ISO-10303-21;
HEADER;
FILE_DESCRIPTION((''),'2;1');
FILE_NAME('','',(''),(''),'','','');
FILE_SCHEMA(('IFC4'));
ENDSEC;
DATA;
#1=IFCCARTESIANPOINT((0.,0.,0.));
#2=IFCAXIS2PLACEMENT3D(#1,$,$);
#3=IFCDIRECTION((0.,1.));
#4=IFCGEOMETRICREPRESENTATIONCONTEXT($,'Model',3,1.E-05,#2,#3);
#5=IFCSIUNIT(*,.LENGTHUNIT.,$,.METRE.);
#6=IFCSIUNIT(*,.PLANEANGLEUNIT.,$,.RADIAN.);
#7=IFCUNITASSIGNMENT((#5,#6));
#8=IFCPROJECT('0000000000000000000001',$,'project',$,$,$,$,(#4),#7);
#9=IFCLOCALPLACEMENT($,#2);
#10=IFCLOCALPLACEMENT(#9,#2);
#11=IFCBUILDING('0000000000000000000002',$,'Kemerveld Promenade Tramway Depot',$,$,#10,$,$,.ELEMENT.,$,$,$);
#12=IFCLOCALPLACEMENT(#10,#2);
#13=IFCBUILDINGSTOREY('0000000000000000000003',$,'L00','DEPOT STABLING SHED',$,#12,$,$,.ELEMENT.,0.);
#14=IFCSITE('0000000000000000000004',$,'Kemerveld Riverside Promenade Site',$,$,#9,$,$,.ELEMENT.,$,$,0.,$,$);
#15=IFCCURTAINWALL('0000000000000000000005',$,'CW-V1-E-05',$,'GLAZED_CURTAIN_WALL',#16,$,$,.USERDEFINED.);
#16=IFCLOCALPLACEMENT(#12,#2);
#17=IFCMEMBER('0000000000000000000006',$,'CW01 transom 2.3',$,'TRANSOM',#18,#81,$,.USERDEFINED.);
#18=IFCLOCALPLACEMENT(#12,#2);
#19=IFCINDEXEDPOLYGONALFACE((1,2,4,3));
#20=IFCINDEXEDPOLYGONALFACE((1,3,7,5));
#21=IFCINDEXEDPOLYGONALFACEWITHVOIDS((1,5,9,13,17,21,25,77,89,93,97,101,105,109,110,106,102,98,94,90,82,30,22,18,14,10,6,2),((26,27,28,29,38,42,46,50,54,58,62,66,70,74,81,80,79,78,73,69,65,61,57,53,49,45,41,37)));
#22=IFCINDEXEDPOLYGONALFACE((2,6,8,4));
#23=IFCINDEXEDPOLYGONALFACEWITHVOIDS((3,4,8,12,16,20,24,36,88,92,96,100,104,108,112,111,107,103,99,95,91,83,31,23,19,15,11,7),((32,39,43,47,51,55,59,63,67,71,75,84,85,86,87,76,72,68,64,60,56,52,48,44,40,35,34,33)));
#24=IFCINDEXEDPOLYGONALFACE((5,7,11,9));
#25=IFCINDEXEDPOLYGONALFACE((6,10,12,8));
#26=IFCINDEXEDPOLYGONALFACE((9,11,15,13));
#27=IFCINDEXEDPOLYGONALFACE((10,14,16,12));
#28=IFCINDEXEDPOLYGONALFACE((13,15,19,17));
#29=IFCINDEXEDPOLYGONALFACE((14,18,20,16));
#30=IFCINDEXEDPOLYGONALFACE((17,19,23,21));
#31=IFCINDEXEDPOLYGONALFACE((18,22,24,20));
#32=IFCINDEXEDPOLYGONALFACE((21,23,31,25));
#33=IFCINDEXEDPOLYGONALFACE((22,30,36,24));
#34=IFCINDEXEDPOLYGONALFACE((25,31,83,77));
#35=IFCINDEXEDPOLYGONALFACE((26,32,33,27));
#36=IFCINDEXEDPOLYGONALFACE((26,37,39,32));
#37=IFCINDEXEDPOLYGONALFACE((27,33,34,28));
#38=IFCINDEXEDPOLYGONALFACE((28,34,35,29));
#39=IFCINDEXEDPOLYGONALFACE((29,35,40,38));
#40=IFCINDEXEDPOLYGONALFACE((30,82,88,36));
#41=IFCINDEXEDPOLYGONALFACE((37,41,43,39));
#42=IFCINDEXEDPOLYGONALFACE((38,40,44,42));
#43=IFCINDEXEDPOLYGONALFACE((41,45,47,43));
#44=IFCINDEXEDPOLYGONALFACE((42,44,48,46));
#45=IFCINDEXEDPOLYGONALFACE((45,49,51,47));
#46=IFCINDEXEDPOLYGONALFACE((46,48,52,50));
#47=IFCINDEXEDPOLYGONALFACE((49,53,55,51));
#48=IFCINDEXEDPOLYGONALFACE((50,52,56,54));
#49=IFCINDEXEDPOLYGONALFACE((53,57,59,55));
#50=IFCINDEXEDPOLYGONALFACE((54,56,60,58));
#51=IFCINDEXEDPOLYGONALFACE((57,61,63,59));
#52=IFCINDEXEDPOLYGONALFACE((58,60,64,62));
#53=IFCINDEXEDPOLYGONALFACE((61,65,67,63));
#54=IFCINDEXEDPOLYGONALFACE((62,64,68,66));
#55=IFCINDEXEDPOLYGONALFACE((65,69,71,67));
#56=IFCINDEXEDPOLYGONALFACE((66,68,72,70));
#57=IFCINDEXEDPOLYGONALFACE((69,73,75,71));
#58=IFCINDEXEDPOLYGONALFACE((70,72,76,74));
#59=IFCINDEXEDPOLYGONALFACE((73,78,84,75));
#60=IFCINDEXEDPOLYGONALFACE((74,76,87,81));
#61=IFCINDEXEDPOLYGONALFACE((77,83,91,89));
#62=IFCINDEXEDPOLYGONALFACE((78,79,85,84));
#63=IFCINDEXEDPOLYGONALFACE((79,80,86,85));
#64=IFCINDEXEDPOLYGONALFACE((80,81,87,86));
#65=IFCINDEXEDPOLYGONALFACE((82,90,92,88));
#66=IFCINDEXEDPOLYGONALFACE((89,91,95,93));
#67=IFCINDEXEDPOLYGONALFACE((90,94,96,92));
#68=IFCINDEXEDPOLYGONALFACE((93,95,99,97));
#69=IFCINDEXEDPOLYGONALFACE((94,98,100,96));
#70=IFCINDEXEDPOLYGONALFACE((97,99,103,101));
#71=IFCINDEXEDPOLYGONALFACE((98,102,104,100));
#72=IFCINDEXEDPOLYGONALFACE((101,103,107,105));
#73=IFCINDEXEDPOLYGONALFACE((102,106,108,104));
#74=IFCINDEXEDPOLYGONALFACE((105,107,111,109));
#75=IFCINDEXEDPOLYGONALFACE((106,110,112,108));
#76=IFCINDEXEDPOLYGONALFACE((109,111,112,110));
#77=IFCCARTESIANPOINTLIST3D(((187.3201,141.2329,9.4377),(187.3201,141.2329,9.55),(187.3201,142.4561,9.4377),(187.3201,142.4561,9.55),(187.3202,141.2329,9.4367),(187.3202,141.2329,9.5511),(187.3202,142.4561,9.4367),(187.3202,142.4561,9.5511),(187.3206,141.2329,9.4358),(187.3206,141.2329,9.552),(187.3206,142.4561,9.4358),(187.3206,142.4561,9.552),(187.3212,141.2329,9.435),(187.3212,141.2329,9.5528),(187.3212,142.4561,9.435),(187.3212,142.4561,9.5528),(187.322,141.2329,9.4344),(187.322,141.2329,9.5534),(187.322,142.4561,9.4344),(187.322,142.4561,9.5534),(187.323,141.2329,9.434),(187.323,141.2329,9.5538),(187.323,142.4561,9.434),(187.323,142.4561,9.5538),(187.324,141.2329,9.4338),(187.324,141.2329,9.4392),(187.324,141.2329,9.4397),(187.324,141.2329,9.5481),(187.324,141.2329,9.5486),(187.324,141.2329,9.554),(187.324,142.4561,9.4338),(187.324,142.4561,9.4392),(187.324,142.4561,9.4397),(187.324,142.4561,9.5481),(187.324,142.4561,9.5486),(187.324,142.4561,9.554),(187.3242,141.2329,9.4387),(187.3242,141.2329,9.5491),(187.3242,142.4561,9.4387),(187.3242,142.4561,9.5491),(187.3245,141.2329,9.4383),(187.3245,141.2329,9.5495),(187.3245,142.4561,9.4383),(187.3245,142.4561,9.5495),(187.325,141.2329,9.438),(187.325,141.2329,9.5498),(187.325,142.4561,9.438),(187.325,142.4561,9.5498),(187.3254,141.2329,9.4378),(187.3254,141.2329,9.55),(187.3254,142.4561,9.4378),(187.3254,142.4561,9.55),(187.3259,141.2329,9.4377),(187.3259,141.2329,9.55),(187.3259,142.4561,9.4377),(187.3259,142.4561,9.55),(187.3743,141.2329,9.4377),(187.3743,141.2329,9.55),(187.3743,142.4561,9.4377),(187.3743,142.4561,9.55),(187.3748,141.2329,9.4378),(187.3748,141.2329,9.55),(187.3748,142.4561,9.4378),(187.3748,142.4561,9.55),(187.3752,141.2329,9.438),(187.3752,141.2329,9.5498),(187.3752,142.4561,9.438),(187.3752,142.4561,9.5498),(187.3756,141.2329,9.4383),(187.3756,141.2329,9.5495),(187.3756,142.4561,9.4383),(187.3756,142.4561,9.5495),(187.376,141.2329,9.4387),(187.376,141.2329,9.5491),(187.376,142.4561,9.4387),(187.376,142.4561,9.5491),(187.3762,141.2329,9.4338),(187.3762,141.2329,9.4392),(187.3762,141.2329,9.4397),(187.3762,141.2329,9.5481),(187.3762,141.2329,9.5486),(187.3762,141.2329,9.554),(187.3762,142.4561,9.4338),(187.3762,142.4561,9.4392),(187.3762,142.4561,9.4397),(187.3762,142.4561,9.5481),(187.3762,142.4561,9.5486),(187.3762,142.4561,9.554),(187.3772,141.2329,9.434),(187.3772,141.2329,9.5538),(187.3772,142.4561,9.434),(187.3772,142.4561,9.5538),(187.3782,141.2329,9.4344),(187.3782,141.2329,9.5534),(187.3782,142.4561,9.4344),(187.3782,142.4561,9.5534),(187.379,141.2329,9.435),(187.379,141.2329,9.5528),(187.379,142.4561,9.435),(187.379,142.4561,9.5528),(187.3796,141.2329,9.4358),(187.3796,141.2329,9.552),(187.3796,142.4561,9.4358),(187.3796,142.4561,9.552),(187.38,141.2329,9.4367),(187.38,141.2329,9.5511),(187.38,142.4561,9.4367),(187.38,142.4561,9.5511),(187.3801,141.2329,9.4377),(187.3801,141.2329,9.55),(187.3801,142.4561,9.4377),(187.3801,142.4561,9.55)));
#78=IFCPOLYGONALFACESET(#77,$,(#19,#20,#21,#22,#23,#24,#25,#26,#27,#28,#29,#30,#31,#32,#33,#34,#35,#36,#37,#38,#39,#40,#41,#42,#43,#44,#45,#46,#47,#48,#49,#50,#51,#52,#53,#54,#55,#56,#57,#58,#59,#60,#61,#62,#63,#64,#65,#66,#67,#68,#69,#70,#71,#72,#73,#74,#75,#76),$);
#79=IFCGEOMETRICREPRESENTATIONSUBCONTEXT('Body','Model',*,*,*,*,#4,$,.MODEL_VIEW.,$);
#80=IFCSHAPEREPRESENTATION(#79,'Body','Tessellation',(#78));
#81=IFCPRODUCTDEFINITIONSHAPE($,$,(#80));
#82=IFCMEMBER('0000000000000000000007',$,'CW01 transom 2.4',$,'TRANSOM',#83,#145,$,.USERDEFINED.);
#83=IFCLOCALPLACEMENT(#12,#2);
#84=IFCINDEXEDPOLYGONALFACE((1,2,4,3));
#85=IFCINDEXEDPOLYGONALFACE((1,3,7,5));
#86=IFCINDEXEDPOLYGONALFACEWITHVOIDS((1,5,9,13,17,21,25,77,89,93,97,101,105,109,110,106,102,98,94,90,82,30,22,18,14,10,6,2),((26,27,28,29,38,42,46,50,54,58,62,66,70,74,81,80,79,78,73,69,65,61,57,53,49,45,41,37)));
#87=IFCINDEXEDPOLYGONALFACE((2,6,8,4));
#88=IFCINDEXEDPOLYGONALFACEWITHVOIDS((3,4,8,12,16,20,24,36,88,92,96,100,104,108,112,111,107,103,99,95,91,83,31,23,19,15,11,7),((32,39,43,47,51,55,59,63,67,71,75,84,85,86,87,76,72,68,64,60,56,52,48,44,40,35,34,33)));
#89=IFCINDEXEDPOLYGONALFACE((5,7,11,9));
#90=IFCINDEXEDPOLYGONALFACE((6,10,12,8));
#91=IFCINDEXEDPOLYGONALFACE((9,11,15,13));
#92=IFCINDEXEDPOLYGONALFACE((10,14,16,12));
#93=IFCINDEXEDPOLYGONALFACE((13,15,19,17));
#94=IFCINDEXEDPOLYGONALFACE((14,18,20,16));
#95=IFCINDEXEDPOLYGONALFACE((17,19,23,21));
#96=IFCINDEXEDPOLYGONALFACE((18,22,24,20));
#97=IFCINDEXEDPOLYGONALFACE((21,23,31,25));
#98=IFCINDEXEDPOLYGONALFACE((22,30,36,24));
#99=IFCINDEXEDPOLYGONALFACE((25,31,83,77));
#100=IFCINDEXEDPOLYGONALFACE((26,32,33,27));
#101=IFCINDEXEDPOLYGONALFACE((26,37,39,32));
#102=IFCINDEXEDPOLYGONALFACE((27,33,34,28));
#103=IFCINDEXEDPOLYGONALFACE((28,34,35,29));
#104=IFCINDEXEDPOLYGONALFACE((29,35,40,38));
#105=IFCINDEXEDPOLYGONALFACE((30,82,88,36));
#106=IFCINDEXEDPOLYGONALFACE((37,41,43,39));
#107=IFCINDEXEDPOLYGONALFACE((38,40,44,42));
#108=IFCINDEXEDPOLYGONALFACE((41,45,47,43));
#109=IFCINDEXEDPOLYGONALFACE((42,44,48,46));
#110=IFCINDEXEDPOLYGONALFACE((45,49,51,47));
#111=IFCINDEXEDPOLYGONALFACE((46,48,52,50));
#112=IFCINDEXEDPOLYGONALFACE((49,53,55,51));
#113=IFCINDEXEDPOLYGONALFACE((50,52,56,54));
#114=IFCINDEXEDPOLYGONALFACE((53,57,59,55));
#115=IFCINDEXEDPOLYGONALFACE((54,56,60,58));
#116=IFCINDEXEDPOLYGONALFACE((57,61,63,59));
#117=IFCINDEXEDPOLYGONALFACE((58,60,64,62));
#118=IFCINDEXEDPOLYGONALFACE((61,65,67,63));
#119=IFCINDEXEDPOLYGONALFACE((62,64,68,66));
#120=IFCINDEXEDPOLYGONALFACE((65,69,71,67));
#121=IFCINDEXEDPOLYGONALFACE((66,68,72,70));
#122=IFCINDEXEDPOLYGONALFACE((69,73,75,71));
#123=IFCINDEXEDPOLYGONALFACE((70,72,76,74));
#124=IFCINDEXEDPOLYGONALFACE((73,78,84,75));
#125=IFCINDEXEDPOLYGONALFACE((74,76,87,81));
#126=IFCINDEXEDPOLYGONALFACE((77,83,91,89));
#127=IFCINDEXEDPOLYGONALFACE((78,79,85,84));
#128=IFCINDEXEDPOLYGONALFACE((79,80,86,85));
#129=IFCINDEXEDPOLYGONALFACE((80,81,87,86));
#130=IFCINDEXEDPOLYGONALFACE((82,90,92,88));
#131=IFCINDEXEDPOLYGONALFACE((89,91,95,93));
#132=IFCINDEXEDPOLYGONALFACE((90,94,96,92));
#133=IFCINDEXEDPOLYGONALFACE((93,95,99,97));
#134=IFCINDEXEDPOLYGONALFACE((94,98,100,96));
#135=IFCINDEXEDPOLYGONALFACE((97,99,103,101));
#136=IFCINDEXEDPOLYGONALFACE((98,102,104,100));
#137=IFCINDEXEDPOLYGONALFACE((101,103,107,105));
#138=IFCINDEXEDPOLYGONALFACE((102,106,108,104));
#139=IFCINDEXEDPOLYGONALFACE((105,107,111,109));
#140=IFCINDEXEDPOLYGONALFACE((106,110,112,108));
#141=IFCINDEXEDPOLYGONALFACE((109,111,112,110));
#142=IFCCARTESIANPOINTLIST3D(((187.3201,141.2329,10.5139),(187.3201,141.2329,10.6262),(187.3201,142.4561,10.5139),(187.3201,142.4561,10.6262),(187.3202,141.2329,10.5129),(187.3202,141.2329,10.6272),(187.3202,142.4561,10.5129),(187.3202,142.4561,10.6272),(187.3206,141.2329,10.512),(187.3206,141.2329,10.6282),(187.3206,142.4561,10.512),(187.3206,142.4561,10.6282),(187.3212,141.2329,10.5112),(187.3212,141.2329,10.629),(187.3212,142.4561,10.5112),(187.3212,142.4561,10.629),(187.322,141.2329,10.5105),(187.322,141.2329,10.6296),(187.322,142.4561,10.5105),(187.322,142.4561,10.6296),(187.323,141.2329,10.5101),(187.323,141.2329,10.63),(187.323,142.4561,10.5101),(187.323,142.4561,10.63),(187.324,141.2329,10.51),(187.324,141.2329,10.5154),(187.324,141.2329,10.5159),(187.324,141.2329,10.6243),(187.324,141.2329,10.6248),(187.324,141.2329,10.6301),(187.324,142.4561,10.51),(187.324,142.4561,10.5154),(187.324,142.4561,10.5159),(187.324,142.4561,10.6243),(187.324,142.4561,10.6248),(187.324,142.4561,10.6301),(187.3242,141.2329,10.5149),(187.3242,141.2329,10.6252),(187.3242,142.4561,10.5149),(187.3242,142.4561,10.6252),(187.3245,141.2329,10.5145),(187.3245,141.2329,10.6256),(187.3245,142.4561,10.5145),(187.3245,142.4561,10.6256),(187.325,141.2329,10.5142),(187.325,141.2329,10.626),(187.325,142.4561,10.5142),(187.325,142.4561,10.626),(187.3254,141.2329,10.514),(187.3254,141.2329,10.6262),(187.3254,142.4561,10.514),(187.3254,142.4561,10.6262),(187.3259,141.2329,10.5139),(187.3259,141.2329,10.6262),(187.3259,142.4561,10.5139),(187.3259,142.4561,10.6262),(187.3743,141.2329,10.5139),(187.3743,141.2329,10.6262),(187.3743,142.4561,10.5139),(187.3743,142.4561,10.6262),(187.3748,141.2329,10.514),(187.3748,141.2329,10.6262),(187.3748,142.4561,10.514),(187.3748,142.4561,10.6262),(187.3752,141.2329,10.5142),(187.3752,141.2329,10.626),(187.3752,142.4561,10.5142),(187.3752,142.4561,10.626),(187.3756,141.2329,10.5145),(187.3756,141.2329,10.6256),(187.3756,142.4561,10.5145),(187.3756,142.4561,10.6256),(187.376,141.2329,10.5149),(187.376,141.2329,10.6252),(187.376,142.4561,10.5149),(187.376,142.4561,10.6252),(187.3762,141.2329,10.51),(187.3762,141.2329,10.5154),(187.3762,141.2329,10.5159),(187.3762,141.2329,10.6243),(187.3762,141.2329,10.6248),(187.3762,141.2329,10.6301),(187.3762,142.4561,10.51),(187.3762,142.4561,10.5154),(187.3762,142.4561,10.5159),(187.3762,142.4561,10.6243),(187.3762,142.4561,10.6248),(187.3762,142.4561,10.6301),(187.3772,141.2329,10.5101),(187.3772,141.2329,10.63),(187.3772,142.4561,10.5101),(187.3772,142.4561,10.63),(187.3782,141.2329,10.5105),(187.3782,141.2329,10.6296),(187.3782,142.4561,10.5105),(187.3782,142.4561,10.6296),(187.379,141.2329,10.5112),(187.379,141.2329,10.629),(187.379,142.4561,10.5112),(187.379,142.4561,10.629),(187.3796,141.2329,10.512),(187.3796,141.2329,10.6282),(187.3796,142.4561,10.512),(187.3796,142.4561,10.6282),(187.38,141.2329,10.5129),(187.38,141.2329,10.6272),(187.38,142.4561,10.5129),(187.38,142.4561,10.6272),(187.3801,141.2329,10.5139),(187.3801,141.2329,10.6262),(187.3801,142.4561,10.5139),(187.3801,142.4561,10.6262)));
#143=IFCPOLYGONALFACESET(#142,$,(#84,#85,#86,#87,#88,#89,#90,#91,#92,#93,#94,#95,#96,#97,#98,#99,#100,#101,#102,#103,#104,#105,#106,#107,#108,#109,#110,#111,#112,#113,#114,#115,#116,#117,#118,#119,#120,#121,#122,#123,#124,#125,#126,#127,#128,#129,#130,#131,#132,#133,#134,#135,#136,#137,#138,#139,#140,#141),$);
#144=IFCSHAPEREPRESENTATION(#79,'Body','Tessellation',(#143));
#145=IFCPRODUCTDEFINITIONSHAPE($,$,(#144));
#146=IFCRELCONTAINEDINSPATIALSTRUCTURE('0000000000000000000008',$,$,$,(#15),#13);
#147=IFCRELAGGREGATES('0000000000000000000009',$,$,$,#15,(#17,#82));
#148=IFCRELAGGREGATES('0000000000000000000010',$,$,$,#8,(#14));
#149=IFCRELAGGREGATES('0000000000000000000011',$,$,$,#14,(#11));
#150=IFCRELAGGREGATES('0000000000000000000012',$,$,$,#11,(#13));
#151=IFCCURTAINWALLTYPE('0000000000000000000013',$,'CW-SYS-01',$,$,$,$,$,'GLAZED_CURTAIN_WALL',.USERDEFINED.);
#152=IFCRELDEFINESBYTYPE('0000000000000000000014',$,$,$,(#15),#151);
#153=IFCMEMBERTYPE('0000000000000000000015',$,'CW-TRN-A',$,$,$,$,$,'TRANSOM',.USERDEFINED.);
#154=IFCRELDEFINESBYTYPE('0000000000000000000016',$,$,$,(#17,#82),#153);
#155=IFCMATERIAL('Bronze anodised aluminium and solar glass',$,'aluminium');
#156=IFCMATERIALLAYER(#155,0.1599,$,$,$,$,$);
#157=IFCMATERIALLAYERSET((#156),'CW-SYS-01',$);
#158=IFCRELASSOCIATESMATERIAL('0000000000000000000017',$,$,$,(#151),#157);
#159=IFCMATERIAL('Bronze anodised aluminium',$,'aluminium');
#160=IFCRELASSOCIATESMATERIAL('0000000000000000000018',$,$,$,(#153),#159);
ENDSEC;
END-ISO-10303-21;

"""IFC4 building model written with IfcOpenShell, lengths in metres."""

from ifc_helpers import new_model, si_unit, direction, frame, origin, origin_2d, place, context, subcontext, project, spatial, hollow_rectangle, extrude, material, layer, layer_set, material_profile, profile_set, type_object, element, aggregate, save


model = new_model("IFC4")

# Units and contexts
model_context = context("Model", 3, precision=1e-05, world=origin(), true_north=direction((0.0, 1.0)))
body_context = subcontext(model_context, "Body", "Model", "MODEL_VIEW")
ifc_project = project(units=[si_unit("LENGTHUNIT", "METRE"), si_unit("PLANEANGLEUNIT", "RADIAN")], contexts=[model_context])

# Site, building, storey
site_placement = place(None, origin())
site = spatial("IfcSite", under=ifc_project, at=site_placement, Name="Kemerveld Riverside Promenade Site", CompositionType="ELEMENT", RefElevation=0.0)
building_placement = place(site_placement, origin())
building = spatial("IfcBuilding", under=site, at=building_placement, Name="Kemerveld Promenade Tramway Depot", CompositionType="ELEMENT")
storey_placement = place(building_placement, origin())
storey = spatial("IfcBuildingStorey", under=building, at=storey_placement, Name="L00", Description="DEPOT STABLING SHED", CompositionType="ELEMENT", Elevation=0.0)

# Curtain wall, members
ifc_material_1 = material(Name="Bronze anodised aluminium and solar glass", Category="aluminium")
ifc_layer_1 = layer(ifc_material_1, 0.1599)
ifc_layer_set_1 = layer_set([ifc_layer_1], Name="CW-SYS-01")
curtain_wall_type_1 = type_object("IfcCurtainWallType", Name="CW-SYS-01", ElementType="GLAZED_CURTAIN_WALL", PredefinedType="USERDEFINED", material=ifc_layer_set_1)
curtain_wall_1_placement = place(storey_placement, origin())
curtain_wall_1 = element("IfcCurtainWall", 1, at=curtain_wall_1_placement, inside=storey, type_object=curtain_wall_type_1, Name="CW-V1-E-05", ObjectType="GLAZED_CURTAIN_WALL", PredefinedType="USERDEFINED")
ifc_material_2 = material(Name="Bronze anodised aluminium", Category="aluminium")
ifc_material_profile_1 = material_profile(ifc_material_2, hollow_rectangle(XDim=0.0601, YDim=0.1201, WallThickness=0.0039, InnerFilletRadius=0.002, OuterFilletRadius=0.0039, at=origin_2d()), Name="CW-TRN-120x60")
ifc_profile_set_1 = profile_set([ifc_material_profile_1], Name="Bronze anodised aluminium")
member_type_1 = type_object("IfcMemberType", Name="CW-TRN-A", ElementType="TRANSOM", PredefinedType="USERDEFINED", material=ifc_profile_set_1)
member_1_placement = place(storey_placement, frame((187.3501, 142.4561, 9.4939), z_axis=(0.0, -1.0, 0.0), x_axis=(1.0, 0.0, 0.0)))
member_1 = element("IfcMember", 2, at=member_1_placement, type_object=member_type_1, Name="CW01 transom 2.3", ObjectType="TRANSOM", PredefinedType="USERDEFINED", context=body_context, shape_type="SweptSolid", body=[
    extrude(hollow_rectangle(XDim=0.0601, YDim=0.1201, WallThickness=0.0039, InnerFilletRadius=0.002, OuterFilletRadius=0.0039, at=origin_2d()), origin(), (0.0, 0.0, 1.0), 1.2231),
])
member_2_placement = place(storey_placement, frame((187.3501, 142.4561, 10.5701), z_axis=(0.0, -1.0, 0.0), x_axis=(1.0, 0.0, 0.0)))
member_2 = element("IfcMember", 3, at=member_2_placement, type_object=member_type_1, Name="CW01 transom 2.4", ObjectType="TRANSOM", PredefinedType="USERDEFINED", context=body_context, shape_type="SweptSolid", body=[
    extrude(hollow_rectangle(XDim=0.0601, YDim=0.1201, WallThickness=0.0039, InnerFilletRadius=0.002, OuterFilletRadius=0.0039, at=origin_2d()), origin(), (0.0, 0.0, 1.0), 1.2231),
])

aggregate(curtain_wall_1, [member_1, member_2])

save(model, "model.ifc")
